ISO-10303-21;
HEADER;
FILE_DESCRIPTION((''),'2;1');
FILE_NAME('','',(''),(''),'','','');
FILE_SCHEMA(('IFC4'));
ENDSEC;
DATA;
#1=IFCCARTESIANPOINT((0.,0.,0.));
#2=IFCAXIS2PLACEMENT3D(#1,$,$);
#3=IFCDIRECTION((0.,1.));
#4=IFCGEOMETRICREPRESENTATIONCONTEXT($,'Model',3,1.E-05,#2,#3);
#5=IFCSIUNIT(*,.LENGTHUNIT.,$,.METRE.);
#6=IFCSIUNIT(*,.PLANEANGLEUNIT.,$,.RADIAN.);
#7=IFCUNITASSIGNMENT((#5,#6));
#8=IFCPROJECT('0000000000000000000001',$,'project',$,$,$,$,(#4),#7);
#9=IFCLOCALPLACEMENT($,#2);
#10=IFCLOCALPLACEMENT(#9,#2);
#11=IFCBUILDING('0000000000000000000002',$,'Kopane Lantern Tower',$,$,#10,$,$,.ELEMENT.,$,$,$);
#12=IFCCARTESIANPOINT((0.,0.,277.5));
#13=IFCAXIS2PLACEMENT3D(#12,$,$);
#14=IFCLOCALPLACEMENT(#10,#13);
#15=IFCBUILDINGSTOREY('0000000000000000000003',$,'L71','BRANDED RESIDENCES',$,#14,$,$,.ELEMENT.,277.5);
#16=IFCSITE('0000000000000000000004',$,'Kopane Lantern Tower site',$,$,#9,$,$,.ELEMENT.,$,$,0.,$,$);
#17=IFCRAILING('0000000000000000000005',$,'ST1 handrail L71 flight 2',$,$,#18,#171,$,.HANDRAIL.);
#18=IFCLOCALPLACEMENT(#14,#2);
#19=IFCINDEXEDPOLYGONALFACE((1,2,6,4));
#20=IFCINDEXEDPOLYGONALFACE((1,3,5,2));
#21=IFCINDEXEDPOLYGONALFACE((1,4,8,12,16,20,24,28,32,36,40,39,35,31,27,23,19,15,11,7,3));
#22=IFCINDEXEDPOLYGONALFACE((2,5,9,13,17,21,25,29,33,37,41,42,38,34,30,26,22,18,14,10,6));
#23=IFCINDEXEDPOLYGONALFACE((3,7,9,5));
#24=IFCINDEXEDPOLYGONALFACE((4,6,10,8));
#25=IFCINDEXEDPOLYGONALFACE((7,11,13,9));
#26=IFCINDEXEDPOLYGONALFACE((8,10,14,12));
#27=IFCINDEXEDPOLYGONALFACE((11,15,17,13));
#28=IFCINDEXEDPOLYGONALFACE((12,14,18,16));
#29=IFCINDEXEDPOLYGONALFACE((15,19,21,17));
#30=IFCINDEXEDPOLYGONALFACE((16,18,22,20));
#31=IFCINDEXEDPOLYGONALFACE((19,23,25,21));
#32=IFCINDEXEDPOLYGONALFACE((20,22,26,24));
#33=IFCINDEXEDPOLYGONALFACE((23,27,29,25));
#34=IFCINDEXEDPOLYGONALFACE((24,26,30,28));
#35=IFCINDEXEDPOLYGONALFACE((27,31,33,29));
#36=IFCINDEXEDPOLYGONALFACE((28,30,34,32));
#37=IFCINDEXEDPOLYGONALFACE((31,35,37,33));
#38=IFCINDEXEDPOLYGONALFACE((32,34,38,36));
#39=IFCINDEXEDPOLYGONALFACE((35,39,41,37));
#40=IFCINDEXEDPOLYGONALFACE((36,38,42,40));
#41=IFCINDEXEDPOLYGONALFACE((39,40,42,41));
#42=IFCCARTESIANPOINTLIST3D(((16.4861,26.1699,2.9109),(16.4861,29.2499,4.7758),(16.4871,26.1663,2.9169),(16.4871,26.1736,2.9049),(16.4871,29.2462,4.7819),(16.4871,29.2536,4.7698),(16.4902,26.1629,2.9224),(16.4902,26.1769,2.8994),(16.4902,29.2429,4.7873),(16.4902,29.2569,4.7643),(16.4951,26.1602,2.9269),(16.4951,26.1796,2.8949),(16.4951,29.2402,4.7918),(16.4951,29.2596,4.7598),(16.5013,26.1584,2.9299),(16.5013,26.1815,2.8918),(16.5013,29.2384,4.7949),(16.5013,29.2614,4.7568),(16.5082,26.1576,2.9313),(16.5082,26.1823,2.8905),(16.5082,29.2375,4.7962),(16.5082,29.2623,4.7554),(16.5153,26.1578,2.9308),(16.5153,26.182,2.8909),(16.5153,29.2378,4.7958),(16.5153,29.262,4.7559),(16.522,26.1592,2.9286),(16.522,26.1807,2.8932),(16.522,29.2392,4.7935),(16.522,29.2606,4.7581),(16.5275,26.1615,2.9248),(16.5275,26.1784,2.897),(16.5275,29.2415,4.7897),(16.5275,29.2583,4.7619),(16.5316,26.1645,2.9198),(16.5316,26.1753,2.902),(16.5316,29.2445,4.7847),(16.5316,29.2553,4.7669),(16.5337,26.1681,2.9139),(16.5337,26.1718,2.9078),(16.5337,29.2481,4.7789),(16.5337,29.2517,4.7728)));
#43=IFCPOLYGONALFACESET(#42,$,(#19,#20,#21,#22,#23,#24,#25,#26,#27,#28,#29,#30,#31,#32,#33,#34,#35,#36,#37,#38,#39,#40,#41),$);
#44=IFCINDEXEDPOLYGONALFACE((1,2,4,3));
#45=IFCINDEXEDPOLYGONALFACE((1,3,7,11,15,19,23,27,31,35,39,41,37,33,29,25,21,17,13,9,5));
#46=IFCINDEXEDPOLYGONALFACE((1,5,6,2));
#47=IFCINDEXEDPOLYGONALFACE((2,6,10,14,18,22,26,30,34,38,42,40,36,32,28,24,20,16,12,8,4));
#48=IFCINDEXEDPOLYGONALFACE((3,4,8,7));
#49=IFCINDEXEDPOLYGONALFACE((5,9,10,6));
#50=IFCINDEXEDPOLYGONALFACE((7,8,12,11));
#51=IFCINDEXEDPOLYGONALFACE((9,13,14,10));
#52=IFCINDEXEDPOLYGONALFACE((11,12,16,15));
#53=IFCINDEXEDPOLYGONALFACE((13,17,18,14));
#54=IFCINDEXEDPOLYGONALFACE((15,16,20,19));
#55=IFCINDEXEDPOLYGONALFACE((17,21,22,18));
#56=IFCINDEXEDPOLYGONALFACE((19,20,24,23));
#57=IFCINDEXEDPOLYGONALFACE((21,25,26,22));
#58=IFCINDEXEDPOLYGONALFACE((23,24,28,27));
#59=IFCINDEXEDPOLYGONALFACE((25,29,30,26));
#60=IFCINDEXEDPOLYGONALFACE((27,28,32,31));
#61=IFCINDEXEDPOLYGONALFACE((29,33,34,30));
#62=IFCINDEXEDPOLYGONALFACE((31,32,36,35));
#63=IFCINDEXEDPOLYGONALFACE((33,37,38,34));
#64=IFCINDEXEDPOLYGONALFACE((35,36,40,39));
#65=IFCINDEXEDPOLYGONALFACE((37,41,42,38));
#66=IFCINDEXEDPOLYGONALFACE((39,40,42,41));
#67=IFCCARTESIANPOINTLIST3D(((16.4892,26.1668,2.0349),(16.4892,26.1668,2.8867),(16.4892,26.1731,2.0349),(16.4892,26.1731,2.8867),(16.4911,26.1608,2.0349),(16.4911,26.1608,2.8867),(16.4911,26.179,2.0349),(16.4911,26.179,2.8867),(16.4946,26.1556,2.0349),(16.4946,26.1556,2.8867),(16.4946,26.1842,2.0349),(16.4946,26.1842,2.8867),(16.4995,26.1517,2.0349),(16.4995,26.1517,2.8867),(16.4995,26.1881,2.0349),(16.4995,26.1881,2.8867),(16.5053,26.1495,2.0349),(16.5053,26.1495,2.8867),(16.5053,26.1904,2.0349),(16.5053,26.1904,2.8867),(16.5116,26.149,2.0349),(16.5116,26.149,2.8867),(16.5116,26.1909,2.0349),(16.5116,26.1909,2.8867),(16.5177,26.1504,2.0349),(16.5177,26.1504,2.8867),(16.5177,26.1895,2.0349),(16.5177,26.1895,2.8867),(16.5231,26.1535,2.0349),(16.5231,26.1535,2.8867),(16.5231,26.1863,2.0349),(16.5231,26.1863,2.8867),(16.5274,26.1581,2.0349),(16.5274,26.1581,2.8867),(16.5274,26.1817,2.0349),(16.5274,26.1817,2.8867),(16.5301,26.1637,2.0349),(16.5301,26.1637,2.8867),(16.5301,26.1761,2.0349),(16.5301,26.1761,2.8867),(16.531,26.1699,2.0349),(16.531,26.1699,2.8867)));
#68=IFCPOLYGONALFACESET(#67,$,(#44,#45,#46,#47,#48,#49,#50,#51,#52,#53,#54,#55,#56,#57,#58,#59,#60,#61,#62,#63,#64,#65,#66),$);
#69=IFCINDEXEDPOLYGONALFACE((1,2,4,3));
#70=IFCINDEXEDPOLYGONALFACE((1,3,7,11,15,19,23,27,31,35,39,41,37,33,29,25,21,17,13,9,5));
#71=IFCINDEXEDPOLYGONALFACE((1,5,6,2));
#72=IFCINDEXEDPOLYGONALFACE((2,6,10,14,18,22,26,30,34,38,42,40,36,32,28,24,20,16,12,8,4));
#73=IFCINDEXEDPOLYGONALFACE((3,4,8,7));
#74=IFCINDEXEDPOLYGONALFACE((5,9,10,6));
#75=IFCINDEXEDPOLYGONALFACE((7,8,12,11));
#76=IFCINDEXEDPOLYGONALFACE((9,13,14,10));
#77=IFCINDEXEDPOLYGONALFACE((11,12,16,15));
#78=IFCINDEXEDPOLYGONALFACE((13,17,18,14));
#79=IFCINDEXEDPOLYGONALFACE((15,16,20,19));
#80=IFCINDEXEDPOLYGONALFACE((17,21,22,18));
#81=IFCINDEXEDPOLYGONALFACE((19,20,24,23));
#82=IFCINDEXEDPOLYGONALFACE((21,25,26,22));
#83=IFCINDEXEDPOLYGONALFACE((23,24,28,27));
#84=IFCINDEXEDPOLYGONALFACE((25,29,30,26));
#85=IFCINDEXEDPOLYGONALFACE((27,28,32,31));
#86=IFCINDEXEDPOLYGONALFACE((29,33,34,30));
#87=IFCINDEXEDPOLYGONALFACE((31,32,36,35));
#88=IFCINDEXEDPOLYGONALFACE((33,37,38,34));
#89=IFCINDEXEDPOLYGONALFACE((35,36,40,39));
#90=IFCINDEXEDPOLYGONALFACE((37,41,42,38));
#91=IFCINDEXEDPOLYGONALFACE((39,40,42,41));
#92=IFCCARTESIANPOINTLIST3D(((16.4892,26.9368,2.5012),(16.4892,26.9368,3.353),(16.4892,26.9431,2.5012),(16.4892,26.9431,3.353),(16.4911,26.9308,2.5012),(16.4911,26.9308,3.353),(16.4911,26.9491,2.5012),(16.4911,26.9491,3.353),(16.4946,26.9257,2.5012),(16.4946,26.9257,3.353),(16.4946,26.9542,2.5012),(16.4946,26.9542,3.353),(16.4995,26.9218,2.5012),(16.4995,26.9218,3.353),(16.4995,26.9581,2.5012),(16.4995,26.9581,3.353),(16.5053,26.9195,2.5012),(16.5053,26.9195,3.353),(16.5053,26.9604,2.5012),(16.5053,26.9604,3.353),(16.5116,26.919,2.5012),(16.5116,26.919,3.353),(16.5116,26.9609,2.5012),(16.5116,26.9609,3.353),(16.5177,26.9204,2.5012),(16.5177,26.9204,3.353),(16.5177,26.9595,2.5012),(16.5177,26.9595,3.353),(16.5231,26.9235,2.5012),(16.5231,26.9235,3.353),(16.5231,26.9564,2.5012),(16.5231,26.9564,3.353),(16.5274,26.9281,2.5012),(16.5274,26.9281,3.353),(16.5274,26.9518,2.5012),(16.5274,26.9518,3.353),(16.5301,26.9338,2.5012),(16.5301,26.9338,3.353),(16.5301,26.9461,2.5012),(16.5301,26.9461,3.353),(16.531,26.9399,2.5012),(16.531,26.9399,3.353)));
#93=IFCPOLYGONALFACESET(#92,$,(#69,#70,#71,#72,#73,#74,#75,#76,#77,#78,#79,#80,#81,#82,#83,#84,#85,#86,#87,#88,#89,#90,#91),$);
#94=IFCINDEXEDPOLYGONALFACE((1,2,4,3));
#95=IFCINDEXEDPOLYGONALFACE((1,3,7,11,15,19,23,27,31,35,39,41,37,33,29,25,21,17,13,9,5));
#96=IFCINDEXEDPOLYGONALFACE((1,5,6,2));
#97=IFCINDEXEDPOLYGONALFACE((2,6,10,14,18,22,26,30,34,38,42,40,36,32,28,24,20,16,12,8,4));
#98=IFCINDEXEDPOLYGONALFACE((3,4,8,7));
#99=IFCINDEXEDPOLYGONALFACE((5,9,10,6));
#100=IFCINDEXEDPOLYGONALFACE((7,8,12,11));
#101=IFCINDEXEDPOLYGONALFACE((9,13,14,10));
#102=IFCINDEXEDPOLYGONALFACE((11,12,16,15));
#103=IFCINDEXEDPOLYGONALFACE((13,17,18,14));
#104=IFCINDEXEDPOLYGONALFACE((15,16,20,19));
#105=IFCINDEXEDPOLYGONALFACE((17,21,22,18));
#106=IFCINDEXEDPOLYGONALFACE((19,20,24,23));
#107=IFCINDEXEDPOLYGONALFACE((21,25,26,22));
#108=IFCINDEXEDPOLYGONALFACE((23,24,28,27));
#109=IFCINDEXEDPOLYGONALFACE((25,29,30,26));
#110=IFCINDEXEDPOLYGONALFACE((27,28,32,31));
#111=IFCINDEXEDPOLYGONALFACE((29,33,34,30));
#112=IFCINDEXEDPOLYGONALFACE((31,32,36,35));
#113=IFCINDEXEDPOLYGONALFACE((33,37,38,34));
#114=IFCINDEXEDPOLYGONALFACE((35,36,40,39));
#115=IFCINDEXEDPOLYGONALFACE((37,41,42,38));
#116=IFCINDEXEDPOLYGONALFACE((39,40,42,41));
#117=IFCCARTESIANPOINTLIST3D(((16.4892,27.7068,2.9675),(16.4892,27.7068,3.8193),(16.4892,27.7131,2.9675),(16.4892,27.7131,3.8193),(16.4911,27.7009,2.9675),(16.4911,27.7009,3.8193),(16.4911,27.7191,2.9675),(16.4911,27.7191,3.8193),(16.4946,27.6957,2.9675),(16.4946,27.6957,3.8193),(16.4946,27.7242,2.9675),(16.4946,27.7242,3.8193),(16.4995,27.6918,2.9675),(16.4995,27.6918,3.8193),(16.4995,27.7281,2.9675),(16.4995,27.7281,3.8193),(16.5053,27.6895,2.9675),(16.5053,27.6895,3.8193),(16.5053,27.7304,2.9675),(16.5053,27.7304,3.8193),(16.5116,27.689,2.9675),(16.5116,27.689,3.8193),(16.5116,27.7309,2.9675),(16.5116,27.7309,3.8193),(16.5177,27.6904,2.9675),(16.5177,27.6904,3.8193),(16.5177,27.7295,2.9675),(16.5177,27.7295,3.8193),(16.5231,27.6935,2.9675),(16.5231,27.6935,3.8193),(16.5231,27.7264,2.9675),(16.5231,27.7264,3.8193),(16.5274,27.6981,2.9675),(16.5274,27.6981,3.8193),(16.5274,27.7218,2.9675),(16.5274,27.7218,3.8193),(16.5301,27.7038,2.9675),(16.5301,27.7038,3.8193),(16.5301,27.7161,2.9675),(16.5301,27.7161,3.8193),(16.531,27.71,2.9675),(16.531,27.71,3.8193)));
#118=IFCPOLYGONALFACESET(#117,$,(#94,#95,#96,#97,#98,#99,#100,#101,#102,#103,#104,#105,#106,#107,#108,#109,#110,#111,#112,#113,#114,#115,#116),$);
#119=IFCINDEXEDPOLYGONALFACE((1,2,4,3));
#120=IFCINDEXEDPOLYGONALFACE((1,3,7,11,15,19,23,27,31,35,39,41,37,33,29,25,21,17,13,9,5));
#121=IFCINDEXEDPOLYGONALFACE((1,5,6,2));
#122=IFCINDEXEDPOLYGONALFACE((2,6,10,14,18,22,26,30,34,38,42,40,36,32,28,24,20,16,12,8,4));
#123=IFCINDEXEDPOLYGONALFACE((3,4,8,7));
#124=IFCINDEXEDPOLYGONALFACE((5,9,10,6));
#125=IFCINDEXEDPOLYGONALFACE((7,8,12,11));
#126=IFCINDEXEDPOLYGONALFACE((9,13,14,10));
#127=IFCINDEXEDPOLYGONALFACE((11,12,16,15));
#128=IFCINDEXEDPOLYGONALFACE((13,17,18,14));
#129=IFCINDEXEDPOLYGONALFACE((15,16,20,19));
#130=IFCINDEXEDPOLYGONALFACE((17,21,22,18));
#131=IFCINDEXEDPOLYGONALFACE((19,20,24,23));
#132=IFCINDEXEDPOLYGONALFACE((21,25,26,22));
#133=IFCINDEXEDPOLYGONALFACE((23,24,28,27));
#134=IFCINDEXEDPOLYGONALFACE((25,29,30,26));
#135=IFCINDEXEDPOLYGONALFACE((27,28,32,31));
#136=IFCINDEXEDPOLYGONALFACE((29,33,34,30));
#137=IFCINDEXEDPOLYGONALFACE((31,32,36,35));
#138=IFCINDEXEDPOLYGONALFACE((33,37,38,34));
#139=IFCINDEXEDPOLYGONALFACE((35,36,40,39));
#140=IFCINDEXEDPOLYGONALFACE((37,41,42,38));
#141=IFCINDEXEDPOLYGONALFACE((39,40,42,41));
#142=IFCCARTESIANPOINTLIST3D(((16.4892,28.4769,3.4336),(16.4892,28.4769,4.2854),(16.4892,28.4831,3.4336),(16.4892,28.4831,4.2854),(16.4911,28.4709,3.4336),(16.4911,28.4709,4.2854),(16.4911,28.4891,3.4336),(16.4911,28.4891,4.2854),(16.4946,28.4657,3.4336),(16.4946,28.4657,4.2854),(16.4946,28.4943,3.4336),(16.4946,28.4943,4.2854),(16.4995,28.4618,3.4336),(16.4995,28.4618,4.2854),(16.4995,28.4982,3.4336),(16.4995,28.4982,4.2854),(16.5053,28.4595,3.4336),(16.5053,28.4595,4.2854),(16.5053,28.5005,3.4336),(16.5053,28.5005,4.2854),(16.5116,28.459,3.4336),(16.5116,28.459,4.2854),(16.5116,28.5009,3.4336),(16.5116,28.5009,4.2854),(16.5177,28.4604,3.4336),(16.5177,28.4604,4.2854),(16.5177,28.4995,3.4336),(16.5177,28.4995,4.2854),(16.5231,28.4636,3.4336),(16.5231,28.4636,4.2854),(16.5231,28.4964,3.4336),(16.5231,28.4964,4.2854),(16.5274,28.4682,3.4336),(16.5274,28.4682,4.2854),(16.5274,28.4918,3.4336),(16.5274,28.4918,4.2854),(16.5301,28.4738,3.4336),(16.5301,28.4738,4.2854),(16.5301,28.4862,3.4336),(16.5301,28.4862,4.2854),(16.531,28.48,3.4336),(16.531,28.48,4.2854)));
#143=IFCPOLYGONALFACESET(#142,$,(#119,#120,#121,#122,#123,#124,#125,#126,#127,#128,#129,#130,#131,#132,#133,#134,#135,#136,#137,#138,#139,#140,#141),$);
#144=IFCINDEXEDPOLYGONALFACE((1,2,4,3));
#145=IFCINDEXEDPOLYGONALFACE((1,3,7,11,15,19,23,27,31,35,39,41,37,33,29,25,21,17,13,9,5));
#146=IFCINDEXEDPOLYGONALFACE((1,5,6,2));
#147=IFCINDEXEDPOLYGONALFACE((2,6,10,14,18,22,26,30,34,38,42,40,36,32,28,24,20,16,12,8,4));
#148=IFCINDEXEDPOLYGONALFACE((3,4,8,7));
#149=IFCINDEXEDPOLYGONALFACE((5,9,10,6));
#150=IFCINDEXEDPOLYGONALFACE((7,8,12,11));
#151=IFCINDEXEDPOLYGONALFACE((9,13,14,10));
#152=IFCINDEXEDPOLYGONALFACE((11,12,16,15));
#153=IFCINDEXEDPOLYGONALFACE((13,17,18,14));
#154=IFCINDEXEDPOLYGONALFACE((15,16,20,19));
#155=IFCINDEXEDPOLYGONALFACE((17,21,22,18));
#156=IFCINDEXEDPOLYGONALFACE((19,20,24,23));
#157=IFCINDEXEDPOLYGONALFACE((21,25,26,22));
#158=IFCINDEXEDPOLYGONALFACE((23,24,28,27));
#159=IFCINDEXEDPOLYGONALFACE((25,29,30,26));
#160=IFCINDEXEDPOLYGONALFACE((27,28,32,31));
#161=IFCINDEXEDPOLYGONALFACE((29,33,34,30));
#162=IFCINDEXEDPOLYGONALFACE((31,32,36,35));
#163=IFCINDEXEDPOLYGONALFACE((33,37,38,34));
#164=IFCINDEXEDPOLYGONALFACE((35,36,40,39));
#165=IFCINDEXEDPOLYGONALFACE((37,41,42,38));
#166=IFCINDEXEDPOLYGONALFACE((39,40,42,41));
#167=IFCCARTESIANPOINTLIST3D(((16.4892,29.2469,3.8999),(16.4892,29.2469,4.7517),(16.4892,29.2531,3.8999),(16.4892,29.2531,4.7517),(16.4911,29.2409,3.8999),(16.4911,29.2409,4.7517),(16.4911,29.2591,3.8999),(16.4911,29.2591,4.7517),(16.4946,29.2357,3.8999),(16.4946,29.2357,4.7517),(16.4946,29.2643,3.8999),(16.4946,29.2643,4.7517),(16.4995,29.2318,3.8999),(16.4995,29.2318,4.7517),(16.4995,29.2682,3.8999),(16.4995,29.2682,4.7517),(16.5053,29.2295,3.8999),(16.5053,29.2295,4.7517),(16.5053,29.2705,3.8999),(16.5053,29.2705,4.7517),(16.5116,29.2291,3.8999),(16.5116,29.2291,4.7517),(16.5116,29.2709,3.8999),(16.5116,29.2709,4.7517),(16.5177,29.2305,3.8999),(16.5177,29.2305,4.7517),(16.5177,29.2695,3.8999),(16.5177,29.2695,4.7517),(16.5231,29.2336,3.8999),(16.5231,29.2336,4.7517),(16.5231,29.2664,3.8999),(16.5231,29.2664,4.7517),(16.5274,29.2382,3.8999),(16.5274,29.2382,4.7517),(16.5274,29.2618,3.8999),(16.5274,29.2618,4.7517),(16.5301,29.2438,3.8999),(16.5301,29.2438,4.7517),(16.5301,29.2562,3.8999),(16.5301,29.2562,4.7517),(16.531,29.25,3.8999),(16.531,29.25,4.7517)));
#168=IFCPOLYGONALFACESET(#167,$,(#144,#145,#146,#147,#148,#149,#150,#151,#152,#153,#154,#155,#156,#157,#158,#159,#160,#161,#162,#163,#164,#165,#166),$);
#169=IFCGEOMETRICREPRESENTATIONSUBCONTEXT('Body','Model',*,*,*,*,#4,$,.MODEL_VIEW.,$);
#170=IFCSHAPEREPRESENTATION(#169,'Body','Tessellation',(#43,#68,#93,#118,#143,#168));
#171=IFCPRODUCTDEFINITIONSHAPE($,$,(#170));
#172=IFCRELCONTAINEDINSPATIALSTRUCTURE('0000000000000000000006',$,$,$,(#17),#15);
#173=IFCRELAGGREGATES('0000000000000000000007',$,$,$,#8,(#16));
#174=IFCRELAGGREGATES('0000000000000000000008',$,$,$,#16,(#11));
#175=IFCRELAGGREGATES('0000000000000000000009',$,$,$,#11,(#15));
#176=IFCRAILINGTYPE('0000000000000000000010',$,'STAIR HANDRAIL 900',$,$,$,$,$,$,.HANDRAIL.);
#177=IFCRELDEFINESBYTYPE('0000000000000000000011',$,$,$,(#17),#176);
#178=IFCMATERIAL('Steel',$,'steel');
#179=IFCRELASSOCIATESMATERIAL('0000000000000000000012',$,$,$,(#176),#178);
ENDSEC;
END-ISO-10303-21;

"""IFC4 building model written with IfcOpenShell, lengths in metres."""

from ifc_helpers import new_model, si_unit, direction, frame, origin, origin_2d, place, context, subcontext, project, spatial, circle, extrude, material, type_object, element, save


model = new_model("IFC4")

# Units and contexts
model_context = context("Model", 3, precision=1e-05, world=origin(), true_north=direction((0.0, 1.0)))
body_context = subcontext(model_context, "Body", "Model", "MODEL_VIEW")
ifc_project = project(units=[si_unit("LENGTHUNIT", "METRE"), si_unit("PLANEANGLEUNIT", "RADIAN")], contexts=[model_context])

# Site, building, storey
site_placement = place(None, origin())
site = spatial("IfcSite", under=ifc_project, at=site_placement, Name="Kopane Lantern Tower site", CompositionType="ELEMENT", RefElevation=0.0)
building_placement = place(site_placement, origin())
building = spatial("IfcBuilding", under=site, at=building_placement, Name="Kopane Lantern Tower", CompositionType="ELEMENT")
storey_placement = place(building_placement, frame((0.0, 0.0, 277.5)))
storey = spatial("IfcBuildingStorey", under=building, at=storey_placement, Name="L71", Description="BRANDED RESIDENCES", CompositionType="ELEMENT", Elevation=277.5)

# Railing
ifc_material_1 = material(Name="Steel", Category="steel")
railing_type_1 = type_object("IfcRailingType", Name="STAIR HANDRAIL 900", PredefinedType="HANDRAIL", material=ifc_material_1)
for number, where, name in (
    (1, (16.51, 26.1699, 2.0349), "ST1 handrail L71 flight 2"),
):
    element("IfcRailing", number, at=place(storey_placement, frame(where)), inside=storey, type_object=railing_type_1, Name=name, PredefinedType="HANDRAIL", context=body_context, shape_type="SweptSolid", body=[
        extrude(circle(Radius=0.0239, at=origin_2d()), frame((0.0, 0.0, 0.876), z_axis=(0.0, 0.85541, 0.517952), x_axis=(-1.0, 0.0, 0.0)), (0.0, 0.0, 1.0), 3.6006),
        extrude(circle(Radius=0.021, at=origin_2d()), origin(), (0.0, 0.0, 1.0), 0.8518),
        extrude(circle(Radius=0.021, at=origin_2d()), frame((0.0, 0.77, 0.4663)), (0.0, 0.0, 1.0), 0.8518),
        extrude(circle(Radius=0.021, at=origin_2d()), frame((0.0, 1.54, 0.9326)), (0.0, 0.0, 1.0), 0.8518),
        extrude(circle(Radius=0.021, at=origin_2d()), frame((0.0, 2.3101, 1.3987)), (0.0, 0.0, 1.0), 0.8518),
        extrude(circle(Radius=0.021, at=origin_2d()), frame((0.0, 3.0801, 1.865)), (0.0, 0.0, 1.0), 0.8518),
    ])

save(model, "model.ifc")
